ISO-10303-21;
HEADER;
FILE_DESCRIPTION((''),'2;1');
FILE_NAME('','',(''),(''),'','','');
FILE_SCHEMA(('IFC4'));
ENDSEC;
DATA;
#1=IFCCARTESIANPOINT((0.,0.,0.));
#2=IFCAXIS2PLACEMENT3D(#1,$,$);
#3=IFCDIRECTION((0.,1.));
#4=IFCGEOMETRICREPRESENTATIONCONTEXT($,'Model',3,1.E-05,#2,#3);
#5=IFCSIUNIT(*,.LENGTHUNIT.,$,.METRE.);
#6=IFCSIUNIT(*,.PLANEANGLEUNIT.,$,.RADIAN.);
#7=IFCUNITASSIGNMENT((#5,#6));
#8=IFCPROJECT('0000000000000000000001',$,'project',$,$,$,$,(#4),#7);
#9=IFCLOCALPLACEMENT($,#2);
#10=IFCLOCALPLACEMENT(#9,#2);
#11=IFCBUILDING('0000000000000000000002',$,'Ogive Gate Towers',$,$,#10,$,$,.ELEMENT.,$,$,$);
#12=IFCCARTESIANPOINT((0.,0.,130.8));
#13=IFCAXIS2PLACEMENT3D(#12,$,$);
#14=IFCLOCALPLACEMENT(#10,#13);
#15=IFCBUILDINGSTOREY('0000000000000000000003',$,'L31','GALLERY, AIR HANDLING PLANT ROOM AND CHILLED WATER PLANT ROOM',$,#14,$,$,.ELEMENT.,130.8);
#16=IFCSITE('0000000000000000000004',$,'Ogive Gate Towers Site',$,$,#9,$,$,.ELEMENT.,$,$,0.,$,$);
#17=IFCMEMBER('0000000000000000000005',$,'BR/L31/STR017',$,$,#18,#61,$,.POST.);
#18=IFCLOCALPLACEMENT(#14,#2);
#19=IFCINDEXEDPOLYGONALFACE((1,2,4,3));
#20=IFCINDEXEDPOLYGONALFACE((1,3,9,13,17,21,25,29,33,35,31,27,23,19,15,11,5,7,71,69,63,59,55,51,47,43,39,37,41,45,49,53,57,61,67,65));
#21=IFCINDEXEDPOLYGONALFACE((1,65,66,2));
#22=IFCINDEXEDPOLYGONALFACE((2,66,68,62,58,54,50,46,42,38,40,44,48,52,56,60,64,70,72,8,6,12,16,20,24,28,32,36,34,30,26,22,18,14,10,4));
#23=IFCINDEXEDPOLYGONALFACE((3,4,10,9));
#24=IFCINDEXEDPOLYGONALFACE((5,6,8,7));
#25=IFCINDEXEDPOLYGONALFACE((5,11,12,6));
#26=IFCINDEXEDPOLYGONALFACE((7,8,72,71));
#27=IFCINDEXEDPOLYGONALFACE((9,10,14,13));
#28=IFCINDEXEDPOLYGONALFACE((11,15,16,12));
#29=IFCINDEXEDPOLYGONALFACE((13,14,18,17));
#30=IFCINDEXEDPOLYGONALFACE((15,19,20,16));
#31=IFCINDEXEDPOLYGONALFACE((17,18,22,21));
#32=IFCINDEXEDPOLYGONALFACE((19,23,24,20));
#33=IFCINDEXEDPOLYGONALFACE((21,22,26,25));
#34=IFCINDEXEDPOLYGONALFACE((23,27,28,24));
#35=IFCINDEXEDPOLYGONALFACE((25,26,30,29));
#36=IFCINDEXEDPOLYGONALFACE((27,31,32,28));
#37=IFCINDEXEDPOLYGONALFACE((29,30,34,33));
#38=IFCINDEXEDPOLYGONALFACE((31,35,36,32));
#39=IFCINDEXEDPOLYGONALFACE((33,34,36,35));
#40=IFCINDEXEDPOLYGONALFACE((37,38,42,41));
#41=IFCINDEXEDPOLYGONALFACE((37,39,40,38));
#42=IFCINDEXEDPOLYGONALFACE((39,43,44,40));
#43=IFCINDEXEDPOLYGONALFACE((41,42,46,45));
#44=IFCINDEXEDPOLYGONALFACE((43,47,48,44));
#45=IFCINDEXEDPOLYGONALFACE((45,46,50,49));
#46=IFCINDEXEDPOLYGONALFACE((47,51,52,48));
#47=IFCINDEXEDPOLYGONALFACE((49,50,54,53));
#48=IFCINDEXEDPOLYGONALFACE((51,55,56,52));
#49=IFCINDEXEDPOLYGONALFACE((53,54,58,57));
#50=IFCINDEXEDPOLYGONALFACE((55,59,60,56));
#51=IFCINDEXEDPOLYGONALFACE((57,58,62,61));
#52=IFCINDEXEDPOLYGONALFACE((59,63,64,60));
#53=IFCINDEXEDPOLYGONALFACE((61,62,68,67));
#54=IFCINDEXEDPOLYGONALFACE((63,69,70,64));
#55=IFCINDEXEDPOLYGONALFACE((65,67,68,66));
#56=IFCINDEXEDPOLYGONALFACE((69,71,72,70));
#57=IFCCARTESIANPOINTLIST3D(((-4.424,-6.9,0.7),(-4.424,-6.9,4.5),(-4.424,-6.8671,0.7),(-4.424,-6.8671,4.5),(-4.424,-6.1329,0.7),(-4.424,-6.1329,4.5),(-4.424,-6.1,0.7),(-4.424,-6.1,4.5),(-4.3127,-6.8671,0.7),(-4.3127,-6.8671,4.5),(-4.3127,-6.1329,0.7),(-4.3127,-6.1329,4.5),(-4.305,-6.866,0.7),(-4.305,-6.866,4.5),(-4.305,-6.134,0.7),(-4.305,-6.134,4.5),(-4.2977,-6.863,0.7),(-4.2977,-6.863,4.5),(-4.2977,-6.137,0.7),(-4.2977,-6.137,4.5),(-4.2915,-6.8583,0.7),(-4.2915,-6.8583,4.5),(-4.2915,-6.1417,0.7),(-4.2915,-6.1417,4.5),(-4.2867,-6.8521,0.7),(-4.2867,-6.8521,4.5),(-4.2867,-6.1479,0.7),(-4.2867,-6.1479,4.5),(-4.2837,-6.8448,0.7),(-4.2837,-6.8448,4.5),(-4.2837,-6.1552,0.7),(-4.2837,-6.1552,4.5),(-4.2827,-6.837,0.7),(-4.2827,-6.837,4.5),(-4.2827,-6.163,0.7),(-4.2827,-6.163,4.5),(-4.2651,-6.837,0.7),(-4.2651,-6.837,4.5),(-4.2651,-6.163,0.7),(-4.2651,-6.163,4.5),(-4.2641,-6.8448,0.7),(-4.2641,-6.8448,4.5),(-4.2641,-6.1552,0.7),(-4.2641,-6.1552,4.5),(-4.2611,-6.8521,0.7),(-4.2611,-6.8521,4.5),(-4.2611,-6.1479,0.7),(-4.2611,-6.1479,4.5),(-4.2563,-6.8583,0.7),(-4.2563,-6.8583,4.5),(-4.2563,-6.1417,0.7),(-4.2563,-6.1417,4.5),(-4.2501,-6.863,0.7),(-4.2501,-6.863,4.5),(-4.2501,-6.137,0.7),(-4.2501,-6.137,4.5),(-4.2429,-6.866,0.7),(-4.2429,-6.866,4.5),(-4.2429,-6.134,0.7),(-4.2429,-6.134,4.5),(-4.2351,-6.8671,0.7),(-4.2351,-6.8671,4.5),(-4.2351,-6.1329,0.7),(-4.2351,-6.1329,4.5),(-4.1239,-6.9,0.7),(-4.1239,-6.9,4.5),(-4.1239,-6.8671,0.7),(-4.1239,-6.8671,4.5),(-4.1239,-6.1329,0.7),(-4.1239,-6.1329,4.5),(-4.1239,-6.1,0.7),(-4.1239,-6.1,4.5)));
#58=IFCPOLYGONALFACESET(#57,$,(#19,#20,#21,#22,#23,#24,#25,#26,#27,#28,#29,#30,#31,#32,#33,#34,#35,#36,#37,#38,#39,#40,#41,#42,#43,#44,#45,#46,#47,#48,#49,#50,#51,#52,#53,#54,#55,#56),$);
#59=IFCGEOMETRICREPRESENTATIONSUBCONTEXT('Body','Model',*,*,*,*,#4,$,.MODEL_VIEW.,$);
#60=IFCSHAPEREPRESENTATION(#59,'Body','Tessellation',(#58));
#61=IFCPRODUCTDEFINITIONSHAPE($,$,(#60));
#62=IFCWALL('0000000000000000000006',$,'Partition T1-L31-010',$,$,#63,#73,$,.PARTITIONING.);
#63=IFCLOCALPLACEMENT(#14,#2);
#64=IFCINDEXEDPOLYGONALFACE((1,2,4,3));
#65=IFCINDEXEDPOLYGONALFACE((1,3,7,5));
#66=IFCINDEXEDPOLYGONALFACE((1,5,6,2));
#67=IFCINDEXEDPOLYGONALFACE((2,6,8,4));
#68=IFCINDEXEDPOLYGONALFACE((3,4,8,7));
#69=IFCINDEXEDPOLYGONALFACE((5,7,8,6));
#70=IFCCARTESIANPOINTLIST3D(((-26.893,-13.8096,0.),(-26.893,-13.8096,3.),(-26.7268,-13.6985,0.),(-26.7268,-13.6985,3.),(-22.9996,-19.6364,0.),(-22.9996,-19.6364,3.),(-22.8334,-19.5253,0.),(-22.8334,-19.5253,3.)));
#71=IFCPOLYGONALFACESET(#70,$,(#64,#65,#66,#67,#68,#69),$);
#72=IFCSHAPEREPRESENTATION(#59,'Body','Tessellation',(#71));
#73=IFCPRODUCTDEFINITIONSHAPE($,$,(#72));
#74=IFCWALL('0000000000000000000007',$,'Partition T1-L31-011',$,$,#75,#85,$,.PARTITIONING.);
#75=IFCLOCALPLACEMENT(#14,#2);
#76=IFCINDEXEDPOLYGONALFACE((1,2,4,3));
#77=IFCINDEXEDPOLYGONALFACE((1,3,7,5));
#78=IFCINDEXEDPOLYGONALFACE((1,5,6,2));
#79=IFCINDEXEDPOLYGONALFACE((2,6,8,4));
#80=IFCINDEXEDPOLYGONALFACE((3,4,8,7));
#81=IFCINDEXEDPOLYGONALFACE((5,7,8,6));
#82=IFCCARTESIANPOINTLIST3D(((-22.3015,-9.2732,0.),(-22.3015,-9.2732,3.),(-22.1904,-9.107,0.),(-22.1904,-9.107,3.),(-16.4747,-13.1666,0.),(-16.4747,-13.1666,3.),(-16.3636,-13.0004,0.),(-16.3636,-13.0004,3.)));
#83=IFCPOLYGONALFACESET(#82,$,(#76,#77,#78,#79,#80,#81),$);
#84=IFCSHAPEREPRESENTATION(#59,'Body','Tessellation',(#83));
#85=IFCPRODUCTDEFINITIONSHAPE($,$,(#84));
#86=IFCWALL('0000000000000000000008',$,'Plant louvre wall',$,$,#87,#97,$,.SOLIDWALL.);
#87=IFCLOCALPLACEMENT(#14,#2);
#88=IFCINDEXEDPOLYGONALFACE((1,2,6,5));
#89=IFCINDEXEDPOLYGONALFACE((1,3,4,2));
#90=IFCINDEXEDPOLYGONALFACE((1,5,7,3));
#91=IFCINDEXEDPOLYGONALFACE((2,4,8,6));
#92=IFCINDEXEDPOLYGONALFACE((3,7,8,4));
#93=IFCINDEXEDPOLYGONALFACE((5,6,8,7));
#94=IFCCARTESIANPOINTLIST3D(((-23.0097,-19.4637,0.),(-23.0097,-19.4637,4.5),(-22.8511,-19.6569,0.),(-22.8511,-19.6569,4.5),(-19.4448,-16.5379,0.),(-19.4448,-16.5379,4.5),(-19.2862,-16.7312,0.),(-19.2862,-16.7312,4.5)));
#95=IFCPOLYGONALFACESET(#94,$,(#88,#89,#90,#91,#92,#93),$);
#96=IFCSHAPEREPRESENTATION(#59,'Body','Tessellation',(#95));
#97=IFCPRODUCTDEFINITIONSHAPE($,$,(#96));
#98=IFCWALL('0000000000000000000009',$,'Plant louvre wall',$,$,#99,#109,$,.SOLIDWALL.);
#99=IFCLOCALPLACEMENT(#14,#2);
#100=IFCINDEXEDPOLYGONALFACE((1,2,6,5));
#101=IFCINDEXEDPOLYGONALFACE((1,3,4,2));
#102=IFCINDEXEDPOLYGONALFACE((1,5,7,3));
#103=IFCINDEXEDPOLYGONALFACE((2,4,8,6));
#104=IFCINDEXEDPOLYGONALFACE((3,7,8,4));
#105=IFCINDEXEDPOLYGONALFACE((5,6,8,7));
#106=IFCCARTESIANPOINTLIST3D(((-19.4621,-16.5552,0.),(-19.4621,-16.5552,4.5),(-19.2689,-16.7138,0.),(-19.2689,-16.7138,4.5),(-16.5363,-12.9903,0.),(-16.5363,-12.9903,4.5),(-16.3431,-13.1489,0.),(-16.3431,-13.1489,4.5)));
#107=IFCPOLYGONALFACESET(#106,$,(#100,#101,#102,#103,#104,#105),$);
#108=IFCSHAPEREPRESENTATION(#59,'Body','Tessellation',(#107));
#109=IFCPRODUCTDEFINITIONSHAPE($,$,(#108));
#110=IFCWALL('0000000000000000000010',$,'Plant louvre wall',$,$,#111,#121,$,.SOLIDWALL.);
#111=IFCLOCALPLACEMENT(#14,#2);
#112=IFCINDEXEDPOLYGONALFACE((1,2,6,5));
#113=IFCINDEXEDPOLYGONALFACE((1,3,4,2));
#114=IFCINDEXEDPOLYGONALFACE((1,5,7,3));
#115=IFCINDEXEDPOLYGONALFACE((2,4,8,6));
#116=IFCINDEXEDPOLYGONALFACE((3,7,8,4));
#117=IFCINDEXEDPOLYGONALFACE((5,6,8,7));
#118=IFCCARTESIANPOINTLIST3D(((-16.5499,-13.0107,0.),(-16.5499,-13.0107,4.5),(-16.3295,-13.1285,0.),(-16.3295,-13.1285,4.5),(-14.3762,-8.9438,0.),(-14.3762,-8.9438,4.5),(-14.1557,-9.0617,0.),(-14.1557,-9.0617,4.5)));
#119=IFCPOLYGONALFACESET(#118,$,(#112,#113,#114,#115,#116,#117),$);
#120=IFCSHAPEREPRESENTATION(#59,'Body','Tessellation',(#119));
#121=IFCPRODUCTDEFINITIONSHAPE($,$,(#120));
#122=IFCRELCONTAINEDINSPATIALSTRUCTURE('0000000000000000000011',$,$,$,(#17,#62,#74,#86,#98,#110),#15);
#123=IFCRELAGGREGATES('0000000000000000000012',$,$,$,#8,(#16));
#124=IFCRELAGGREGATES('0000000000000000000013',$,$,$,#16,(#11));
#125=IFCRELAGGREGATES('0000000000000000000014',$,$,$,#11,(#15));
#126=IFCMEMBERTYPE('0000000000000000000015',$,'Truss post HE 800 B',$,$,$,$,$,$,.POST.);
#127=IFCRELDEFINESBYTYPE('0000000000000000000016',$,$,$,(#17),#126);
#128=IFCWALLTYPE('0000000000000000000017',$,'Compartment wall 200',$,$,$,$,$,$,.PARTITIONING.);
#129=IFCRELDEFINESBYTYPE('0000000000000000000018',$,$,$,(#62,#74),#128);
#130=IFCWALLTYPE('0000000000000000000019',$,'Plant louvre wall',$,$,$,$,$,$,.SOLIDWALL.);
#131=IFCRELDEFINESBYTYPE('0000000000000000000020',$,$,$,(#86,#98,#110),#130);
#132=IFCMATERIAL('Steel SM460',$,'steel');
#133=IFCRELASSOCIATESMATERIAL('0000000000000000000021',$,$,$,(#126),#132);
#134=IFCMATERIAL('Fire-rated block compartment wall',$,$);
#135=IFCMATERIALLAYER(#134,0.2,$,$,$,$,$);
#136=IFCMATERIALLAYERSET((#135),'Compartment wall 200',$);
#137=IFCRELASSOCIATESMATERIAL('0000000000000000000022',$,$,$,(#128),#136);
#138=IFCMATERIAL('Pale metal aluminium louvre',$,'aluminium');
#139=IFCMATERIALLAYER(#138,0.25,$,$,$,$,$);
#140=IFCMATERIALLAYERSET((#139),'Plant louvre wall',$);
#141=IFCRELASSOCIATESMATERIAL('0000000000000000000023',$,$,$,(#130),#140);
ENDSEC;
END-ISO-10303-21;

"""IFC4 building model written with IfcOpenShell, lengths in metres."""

from ifc_helpers import new_model, si_unit, direction, frame, frame_2d, origin, origin_2d, place, context, subcontext, project, spatial, rectangle, i_section, extrude, material, layer, layer_set, material_profile, profile_set, type_object, element, save


model = new_model("IFC4")

# Units and contexts
model_context = context("Model", 3, precision=1e-05, world=origin(), true_north=direction((0.0, 1.0)))
body_context = subcontext(model_context, "Body", "Model", "MODEL_VIEW")
ifc_project = project(units=[si_unit("LENGTHUNIT", "METRE"), si_unit("PLANEANGLEUNIT", "RADIAN")], contexts=[model_context])

# Site, building, storey
site_placement = place(None, origin())
site = spatial("IfcSite", under=ifc_project, at=site_placement, Name="Ogive Gate Towers Site", CompositionType="ELEMENT", RefElevation=0.0)
building_placement = place(site_placement, origin())
building = spatial("IfcBuilding", under=site, at=building_placement, Name="Ogive Gate Towers", CompositionType="ELEMENT")
storey_placement = place(building_placement, frame((0.0, 0.0, 130.8)))
storey = spatial("IfcBuildingStorey", under=building, at=storey_placement, Name="L31", Description="GALLERY, AIR HANDLING PLANT ROOM AND CHILLED WATER PLANT ROOM", CompositionType="ELEMENT", Elevation=130.8)

# Shared definitions
ifc_material_1 = material(Name="Steel SM460", Category="steel")

# Member
ifc_material_profile_1 = material_profile(ifc_material_1, i_section(OverallWidth=0.3, OverallDepth=0.8, WebThickness=0.0176, FlangeThickness=0.033, FilletRadius=0.03, at=origin_2d()), Name="HE 800 B")
ifc_profile_set_1 = profile_set([ifc_material_profile_1], Name="Steel SM460")
member_type_1 = type_object("IfcMemberType", Name="Truss post HE 800 B", PredefinedType="POST", material=ifc_profile_set_1)
for number, where, z_axis, x_axis, name in (
    (1, (-4.2739, -6.5, 0.7), (0.0, 0.0, 1.0), (1.0, 0.0, 0.0), "BR/L31/STR017"),
):
    element("IfcMember", number, at=place(storey_placement, frame(where, z_axis=z_axis, x_axis=x_axis)), inside=storey, type_object=member_type_1, Name=name, PredefinedType="POST", context=body_context, shape_type="SweptSolid", body=[
        extrude(i_section(OverallWidth=0.3, OverallDepth=0.8, WebThickness=0.0176, FlangeThickness=0.033, FilletRadius=0.03, at=origin_2d()), origin(), (0.0, 0.0, 1.0), 3.8),
    ])

# Walls
ifc_material_2 = material(Name="Fire-rated block compartment wall")
ifc_layer_1 = layer(ifc_material_2, 0.2)
ifc_layer_set_1 = layer_set([ifc_layer_1], Name="Compartment wall 200")
wall_type_1 = type_object("IfcWallType", Name="Compartment wall 200", PredefinedType="PARTITIONING", material=ifc_layer_set_1)
for number, where, z_axis, x_axis, name in (
    (2, (-22.9165, -19.5808, 0.0), (0.0, 0.0, 1.0), (-0.555576, 0.831466, 0.0), "Partition T1-L31-010"),
    (3, (-16.4192, -13.0835, 0.0), (0.0, 0.0, 1.0), (-0.831466, 0.555576, 0.0), "Partition T1-L31-011"),
):
    element("IfcWall", number, at=place(storey_placement, frame(where, z_axis=z_axis, x_axis=x_axis)), inside=storey, type_object=wall_type_1, Name=name, PredefinedType="PARTITIONING", context=body_context, shape_type="SweptSolid", body=[
        extrude(rectangle(XDim=7.0078, YDim=0.2, at=frame_2d((3.5039, 0.0))), origin(), (0.0, 0.0, 1.0), 3.0),
    ])
ifc_material_3 = material(Name="Pale metal aluminium louvre", Category="aluminium")
ifc_layer_2 = layer(ifc_material_3, 0.25)
ifc_layer_set_2 = layer_set([ifc_layer_2], Name="Plant louvre wall")
wall_type_2 = type_object("IfcWallType", Name="Plant louvre wall", PredefinedType="SOLIDWALL", material=ifc_layer_set_2)
for number, where, z_axis, x_axis, name in (
    (4, (-22.9304, -19.5603, 0.0), (0.0, 0.0, 1.0), (0.772999, 0.634407, 0.0), "Plant louvre wall"),
    (5, (-19.3655, -16.6345, 0.0), (0.0, 0.0, 1.0), (0.634407, 0.772999, 0.0), "Plant louvre wall"),
):
    element("IfcWall", number, at=place(storey_placement, frame(where, z_axis=z_axis, x_axis=x_axis)), inside=storey, type_object=wall_type_2, Name=name, PredefinedType="SOLIDWALL", context=body_context, shape_type="SweptSolid", body=[
        extrude(rectangle(XDim=4.6118, YDim=0.25, at=frame_2d((2.3059, 0.0))), origin(), (0.0, 0.0, 1.0), 4.5),
    ])
wall_placement = place(storey_placement, frame((-16.4397, -13.0696, 0.0), z_axis=(0.0, 0.0, 1.0), x_axis=(0.471401, 0.881919, 0.0)))
element("IfcWall", 6, at=wall_placement, inside=storey, type_object=wall_type_2, Name="Plant louvre wall", PredefinedType="SOLIDWALL", context=body_context, shape_type="SweptSolid", body=[
    extrude(rectangle(XDim=4.6113, YDim=0.25, at=frame_2d((2.3057, 0.0))), origin(), (0.0, 0.0, 1.0), 4.5),
])

save(model, "model.ifc")
